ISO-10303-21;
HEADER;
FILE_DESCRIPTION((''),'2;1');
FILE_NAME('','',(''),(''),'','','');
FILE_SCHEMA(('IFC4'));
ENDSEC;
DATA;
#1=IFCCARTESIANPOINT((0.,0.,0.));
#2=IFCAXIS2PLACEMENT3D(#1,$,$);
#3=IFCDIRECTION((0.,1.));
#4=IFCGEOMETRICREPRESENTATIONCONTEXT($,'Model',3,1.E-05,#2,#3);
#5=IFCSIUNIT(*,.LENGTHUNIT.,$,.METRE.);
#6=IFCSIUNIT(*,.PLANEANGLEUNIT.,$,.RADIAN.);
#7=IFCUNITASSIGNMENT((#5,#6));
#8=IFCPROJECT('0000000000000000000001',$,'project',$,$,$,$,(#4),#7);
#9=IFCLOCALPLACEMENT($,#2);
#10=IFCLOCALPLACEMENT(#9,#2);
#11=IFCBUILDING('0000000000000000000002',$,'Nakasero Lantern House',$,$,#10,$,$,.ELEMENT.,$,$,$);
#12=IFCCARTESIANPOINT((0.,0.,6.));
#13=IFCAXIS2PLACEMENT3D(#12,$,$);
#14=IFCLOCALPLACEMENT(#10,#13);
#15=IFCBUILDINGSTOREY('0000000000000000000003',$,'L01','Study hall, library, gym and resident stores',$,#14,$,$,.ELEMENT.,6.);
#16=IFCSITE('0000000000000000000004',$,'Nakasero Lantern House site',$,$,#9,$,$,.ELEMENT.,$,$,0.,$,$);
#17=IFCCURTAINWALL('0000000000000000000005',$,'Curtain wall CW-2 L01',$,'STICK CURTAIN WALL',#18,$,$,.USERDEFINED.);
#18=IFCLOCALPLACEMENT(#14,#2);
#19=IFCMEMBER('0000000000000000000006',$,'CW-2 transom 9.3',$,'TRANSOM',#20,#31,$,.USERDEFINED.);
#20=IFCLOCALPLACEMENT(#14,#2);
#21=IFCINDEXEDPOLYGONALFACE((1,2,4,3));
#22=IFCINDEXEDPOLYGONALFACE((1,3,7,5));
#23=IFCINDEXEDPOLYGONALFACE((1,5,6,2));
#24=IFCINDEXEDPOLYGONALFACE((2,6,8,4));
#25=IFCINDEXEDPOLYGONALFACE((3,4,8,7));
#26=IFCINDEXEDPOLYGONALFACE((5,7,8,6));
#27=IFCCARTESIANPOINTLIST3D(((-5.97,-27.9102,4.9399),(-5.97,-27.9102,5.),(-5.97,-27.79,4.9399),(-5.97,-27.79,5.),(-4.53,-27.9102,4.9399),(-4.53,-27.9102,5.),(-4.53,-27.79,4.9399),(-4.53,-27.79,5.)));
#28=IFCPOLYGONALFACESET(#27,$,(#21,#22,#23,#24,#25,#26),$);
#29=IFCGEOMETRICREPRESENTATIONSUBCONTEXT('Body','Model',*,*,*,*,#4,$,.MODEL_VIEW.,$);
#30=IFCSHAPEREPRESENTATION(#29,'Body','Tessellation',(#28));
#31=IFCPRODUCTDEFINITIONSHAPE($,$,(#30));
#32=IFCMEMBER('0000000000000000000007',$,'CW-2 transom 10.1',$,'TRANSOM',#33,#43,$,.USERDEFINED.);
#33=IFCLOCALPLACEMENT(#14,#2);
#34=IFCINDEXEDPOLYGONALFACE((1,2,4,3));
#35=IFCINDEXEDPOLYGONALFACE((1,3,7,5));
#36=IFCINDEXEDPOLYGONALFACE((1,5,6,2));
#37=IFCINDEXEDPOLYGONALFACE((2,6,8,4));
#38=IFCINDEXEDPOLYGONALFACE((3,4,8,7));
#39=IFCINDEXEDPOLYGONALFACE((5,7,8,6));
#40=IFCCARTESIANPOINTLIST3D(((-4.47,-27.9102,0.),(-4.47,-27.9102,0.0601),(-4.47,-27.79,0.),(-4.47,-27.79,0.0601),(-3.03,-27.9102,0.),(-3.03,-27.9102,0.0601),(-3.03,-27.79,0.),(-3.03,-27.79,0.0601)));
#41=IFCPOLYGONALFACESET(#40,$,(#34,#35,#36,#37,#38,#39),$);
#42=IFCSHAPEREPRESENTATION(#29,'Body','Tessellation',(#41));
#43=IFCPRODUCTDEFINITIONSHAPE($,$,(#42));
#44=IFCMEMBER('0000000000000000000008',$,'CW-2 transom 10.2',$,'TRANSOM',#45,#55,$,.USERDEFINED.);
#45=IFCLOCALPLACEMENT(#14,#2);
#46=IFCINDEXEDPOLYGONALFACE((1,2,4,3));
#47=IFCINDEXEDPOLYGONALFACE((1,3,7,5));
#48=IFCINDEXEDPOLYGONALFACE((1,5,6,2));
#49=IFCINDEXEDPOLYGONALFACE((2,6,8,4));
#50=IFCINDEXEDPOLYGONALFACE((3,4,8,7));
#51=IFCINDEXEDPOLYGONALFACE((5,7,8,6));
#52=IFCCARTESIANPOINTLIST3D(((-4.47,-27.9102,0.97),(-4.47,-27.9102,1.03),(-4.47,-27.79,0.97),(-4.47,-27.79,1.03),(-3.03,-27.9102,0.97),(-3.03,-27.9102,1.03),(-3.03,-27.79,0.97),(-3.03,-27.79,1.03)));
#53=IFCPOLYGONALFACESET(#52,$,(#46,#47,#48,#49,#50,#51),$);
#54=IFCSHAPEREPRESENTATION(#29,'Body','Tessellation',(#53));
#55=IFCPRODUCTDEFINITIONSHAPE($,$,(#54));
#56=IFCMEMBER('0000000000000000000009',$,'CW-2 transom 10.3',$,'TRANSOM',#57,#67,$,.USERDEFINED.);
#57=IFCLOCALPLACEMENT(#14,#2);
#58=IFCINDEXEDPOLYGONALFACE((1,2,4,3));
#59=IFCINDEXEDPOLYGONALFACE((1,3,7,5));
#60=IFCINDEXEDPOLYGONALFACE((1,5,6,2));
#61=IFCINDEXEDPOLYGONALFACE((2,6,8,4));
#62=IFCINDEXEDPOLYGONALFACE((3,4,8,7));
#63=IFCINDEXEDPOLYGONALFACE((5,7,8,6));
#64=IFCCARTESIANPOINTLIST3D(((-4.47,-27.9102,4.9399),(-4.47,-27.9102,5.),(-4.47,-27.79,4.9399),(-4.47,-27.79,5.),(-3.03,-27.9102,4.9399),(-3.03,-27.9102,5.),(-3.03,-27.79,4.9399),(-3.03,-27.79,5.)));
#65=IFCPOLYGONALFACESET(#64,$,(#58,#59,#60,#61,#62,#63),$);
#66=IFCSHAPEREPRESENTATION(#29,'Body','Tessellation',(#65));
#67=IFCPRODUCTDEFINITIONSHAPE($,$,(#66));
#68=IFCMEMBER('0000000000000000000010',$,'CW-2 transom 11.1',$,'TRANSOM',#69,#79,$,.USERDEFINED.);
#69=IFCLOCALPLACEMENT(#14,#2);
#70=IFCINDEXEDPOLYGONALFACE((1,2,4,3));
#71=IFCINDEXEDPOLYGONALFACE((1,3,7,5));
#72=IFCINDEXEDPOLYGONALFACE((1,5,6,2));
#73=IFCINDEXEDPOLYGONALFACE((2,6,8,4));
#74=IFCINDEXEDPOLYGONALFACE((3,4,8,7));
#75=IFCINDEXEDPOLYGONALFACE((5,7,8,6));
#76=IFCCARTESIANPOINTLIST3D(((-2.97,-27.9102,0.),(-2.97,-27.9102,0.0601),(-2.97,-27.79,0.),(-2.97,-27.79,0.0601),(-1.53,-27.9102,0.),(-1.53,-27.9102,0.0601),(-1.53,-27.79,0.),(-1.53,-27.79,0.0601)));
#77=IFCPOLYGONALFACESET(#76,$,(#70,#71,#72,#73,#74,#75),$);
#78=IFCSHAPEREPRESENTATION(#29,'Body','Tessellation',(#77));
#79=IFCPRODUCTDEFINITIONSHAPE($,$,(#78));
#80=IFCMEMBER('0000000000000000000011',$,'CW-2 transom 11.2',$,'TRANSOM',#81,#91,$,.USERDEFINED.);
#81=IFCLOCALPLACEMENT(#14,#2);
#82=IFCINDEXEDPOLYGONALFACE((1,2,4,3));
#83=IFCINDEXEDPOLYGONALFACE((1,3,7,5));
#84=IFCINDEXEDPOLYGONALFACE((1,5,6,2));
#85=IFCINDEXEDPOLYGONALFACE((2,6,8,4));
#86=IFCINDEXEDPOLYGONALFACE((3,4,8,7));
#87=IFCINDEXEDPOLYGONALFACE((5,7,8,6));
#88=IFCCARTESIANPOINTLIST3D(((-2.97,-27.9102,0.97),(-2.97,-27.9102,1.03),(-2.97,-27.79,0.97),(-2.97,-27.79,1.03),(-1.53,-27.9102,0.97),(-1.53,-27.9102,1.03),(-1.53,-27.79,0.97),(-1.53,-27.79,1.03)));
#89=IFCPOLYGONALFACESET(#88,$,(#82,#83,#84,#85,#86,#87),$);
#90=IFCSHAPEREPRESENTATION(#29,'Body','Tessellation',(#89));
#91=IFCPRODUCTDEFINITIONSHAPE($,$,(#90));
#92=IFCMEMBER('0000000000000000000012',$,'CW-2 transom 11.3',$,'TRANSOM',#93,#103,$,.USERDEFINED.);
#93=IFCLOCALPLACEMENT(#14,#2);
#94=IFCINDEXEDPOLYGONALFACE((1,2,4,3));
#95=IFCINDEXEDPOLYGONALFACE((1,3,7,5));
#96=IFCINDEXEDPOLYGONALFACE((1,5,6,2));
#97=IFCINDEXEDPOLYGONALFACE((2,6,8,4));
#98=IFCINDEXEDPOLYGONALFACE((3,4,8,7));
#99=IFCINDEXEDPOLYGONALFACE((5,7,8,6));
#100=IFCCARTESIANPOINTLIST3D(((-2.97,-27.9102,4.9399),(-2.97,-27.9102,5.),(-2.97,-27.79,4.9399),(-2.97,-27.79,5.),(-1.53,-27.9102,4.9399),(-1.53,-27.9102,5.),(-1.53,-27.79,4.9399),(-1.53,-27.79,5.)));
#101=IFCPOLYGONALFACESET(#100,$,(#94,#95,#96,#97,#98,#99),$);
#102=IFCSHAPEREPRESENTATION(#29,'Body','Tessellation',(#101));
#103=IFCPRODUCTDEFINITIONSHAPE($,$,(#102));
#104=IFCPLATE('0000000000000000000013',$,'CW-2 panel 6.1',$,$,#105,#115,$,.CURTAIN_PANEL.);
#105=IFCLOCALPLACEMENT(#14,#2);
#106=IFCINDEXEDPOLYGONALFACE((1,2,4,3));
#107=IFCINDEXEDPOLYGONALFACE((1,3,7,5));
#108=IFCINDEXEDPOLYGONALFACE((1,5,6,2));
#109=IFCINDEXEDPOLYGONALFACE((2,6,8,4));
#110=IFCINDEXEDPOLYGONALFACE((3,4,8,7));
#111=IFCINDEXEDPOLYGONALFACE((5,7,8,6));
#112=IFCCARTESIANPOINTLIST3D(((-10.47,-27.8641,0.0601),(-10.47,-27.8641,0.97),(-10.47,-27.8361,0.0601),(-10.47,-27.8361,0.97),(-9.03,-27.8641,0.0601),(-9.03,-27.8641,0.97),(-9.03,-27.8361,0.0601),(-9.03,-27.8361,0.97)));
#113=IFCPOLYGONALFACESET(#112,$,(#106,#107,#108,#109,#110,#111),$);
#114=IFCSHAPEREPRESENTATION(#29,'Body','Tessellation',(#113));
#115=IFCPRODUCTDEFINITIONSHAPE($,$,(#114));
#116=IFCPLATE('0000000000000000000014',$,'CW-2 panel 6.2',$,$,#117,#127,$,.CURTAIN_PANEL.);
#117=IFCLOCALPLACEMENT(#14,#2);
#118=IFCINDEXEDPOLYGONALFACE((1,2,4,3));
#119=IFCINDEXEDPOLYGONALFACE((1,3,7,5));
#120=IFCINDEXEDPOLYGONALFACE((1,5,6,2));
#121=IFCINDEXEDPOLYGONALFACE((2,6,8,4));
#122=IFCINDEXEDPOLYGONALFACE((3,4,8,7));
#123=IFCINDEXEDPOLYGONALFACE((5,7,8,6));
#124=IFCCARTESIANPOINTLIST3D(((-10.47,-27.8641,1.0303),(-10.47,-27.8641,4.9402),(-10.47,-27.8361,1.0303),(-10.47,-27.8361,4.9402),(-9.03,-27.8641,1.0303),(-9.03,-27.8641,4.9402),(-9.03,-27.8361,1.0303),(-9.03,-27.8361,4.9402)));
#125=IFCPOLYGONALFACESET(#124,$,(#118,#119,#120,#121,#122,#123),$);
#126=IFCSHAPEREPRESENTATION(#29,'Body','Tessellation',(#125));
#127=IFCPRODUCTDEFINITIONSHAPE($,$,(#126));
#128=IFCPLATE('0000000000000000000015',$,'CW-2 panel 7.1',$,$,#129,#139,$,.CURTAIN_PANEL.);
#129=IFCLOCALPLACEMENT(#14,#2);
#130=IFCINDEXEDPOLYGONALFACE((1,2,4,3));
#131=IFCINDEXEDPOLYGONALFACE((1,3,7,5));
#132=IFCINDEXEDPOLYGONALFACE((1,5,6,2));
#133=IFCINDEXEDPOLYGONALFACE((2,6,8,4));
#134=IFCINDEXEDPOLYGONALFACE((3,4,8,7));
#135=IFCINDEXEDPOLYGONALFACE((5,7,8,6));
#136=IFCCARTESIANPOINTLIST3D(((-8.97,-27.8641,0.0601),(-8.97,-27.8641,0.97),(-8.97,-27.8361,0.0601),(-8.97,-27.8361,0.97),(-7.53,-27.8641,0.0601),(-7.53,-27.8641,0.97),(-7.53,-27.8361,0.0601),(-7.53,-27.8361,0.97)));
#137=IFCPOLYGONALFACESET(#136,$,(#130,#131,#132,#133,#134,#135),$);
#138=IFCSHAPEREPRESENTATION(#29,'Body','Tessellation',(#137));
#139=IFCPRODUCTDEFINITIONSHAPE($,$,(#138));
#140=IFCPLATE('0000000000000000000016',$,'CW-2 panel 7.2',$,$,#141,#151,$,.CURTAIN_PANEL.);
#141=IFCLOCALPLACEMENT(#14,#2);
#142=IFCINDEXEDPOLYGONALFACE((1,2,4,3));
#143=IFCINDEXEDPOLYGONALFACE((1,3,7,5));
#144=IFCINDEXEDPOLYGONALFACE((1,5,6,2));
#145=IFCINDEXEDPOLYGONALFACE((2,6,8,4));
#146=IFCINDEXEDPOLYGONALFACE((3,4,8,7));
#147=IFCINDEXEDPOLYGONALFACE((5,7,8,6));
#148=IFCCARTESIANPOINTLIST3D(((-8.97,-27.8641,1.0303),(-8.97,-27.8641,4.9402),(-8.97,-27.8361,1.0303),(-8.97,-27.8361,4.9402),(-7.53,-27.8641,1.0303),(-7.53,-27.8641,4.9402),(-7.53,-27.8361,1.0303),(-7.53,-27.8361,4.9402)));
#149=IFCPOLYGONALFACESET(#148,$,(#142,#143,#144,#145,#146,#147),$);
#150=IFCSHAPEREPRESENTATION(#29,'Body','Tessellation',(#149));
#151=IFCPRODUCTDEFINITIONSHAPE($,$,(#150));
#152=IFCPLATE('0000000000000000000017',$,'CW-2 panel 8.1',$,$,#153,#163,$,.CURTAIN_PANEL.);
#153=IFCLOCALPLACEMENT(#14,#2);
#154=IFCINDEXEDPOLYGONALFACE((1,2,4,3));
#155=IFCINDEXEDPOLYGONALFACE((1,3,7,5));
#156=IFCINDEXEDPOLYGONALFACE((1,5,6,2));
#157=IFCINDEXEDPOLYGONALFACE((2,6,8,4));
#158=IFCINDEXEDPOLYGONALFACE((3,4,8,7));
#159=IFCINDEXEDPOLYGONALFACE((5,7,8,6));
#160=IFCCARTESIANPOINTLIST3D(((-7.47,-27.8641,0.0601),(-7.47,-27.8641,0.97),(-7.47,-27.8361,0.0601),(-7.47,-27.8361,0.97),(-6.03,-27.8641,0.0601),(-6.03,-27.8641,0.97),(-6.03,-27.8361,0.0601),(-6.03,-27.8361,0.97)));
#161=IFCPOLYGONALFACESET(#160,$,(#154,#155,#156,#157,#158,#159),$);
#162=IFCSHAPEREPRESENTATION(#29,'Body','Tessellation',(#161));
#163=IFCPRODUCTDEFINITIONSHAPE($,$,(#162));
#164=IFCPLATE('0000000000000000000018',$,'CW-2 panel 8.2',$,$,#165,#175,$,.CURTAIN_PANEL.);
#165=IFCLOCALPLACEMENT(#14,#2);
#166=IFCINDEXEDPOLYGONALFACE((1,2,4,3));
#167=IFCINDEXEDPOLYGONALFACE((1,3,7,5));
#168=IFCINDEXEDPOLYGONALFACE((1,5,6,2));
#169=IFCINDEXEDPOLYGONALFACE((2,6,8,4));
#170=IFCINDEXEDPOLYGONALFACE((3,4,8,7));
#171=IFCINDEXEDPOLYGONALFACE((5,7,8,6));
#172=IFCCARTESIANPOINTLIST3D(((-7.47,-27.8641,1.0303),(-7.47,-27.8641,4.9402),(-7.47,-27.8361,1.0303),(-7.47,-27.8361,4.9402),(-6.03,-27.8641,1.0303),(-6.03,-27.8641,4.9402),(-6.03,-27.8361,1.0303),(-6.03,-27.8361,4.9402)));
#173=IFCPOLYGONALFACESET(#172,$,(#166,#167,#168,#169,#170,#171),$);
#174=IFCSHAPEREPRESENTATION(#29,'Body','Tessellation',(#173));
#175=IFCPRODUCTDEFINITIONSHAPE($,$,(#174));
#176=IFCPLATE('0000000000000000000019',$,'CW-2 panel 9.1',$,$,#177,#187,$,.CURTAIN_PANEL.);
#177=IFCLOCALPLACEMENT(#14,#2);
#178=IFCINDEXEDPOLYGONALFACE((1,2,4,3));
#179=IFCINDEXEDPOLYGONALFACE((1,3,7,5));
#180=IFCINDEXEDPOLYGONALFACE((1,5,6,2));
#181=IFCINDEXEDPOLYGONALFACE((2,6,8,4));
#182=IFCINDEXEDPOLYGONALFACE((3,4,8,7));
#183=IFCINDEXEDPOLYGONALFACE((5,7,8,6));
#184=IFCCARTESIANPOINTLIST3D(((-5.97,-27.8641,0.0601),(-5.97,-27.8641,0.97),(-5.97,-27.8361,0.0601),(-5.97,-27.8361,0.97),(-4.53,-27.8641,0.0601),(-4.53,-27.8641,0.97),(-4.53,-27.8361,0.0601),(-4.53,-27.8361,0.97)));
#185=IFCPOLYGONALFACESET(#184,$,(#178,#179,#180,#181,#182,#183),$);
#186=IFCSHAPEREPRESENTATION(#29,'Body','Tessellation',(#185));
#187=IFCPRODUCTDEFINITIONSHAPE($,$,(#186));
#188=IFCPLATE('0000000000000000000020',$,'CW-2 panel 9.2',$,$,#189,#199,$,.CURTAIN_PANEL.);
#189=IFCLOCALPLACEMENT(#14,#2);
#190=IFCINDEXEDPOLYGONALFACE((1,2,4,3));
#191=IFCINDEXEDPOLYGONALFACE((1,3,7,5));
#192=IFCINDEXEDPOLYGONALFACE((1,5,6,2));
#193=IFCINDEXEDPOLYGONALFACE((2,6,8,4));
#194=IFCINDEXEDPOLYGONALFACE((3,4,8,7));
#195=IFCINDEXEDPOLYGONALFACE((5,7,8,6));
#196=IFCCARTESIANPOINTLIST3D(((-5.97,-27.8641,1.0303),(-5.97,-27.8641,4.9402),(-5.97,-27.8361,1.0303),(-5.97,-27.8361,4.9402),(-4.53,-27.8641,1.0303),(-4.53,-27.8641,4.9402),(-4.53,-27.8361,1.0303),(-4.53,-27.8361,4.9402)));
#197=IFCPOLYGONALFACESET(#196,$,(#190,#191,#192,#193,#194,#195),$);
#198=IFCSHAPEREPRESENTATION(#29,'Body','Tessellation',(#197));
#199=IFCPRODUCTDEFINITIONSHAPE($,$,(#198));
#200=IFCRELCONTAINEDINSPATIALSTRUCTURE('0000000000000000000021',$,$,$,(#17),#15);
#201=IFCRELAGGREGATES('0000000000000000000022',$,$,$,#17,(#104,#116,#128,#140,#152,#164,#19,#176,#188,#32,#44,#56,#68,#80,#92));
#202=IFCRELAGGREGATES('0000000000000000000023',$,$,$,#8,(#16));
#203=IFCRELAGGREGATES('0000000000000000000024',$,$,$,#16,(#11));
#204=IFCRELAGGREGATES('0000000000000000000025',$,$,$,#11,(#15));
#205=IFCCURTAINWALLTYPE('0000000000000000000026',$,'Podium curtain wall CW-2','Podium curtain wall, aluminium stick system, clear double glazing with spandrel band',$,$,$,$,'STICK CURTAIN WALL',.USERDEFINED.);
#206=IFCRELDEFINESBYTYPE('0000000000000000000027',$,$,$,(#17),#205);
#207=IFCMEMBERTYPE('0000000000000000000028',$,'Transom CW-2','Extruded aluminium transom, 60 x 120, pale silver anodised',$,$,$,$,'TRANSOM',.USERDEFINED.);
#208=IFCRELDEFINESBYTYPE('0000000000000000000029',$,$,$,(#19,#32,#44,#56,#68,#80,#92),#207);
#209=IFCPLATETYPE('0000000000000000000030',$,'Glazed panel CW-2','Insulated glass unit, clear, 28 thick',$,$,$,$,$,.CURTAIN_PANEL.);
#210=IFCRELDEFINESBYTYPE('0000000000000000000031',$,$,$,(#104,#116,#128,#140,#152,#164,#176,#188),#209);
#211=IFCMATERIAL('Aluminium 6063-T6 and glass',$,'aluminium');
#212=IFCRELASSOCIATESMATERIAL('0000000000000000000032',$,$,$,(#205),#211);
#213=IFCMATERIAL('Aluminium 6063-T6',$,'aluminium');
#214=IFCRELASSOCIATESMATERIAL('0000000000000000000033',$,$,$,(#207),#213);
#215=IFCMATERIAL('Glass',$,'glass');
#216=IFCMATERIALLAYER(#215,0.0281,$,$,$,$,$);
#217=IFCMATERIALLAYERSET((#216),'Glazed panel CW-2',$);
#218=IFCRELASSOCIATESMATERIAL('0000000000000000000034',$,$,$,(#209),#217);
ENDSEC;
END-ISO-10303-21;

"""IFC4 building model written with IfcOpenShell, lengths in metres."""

from ifc_helpers import new_model, si_unit, direction, frame, origin, origin_2d, place, context, subcontext, project, spatial, rectangle, extrude, material, layer, layer_set, material_profile, profile_set, type_object, element, aggregate, save


model = new_model("IFC4")

# Units and contexts
model_context = context("Model", 3, precision=1e-05, world=origin(), true_north=direction((0.0, 1.0)))
body_context = subcontext(model_context, "Body", "Model", "MODEL_VIEW")
ifc_project = project(units=[si_unit("LENGTHUNIT", "METRE"), si_unit("PLANEANGLEUNIT", "RADIAN")], contexts=[model_context])

# Site, building, storey
site_placement = place(None, origin())
site = spatial("IfcSite", under=ifc_project, at=site_placement, Name="Nakasero Lantern House site", CompositionType="ELEMENT", RefElevation=0.0)
building_placement = place(site_placement, origin())
building = spatial("IfcBuilding", under=site, at=building_placement, Name="Nakasero Lantern House", CompositionType="ELEMENT")
storey_placement = place(building_placement, frame((0.0, 0.0, 6.0)))
storey = spatial("IfcBuildingStorey", under=building, at=storey_placement, Name="L01", Description="Study hall, library, gym and resident stores", CompositionType="ELEMENT", Elevation=6.0)

# Curtain wall, members, plates
ifc_material_1 = material(Name="Aluminium 6063-T6 and glass", Category="aluminium")
curtain_wall_type = type_object("IfcCurtainWallType", Name="Podium curtain wall CW-2", Description="Podium curtain wall, aluminium stick system, clear double glazing with spandrel band", ElementType="STICK CURTAIN WALL", PredefinedType="USERDEFINED", material=ifc_material_1)
curtain_wall_placement = place(storey_placement, origin())
curtain_wall = element("IfcCurtainWall", 1, at=curtain_wall_placement, inside=storey, type_object=curtain_wall_type, Name="Curtain wall CW-2 L01", ObjectType="STICK CURTAIN WALL", PredefinedType="USERDEFINED")
ifc_material_2 = material(Name="Aluminium 6063-T6", Category="aluminium")
ifc_material_profile_1 = material_profile(ifc_material_2, rectangle(XDim=0.0601, YDim=0.1201, at=origin_2d()), Name="CW-2 transom 60x120")
ifc_profile_set_1 = profile_set([ifc_material_profile_1], Name="Aluminium 6063-T6")
member_type_1 = type_object("IfcMemberType", Name="Transom CW-2", Description="Extruded aluminium transom, 60 x 120, pale silver anodised", ElementType="TRANSOM", PredefinedType="USERDEFINED", material=ifc_profile_set_1)
member_1_placement = place(storey_placement, frame((-5.97, -27.8501, 4.97), z_axis=(1.0, 0.0, 0.0), x_axis=(0.0, 0.0, 1.0)))
member_1 = element("IfcMember", 2, at=member_1_placement, type_object=member_type_1, Name="CW-2 transom 9.3", ObjectType="TRANSOM", PredefinedType="USERDEFINED", context=body_context, shape_type="SweptSolid", body=[
    extrude(rectangle(XDim=0.0601, YDim=0.1201, at=origin_2d()), origin(), (0.0, 0.0, 1.0), 1.4399),
])
member_2_placement = place(storey_placement, frame((-4.47, -27.8501, 0.03), z_axis=(1.0, 0.0, 0.0), x_axis=(0.0, 0.0, 1.0)))
member_2 = element("IfcMember", 3, at=member_2_placement, type_object=member_type_1, Name="CW-2 transom 10.1", ObjectType="TRANSOM", PredefinedType="USERDEFINED", context=body_context, shape_type="SweptSolid", body=[
    extrude(rectangle(XDim=0.0601, YDim=0.1201, at=origin_2d()), origin(), (0.0, 0.0, 1.0), 1.4399),
])
member_3_placement = place(storey_placement, frame((-4.47, -27.8501, 1.0), z_axis=(1.0, 0.0, 0.0), x_axis=(0.0, 0.0, 1.0)))
member_3 = element("IfcMember", 4, at=member_3_placement, type_object=member_type_1, Name="CW-2 transom 10.2", ObjectType="TRANSOM", PredefinedType="USERDEFINED", context=body_context, shape_type="SweptSolid", body=[
    extrude(rectangle(XDim=0.0601, YDim=0.1201, at=origin_2d()), origin(), (0.0, 0.0, 1.0), 1.4399),
])
member_4_placement = place(storey_placement, frame((-4.47, -27.8501, 4.97), z_axis=(1.0, 0.0, 0.0), x_axis=(0.0, 0.0, 1.0)))
member_4 = element("IfcMember", 5, at=member_4_placement, type_object=member_type_1, Name="CW-2 transom 10.3", ObjectType="TRANSOM", PredefinedType="USERDEFINED", context=body_context, shape_type="SweptSolid", body=[
    extrude(rectangle(XDim=0.0601, YDim=0.1201, at=origin_2d()), origin(), (0.0, 0.0, 1.0), 1.4399),
])
member_5_placement = place(storey_placement, frame((-2.97, -27.8501, 0.03), z_axis=(1.0, 0.0, 0.0), x_axis=(0.0, 0.0, 1.0)))
member_5 = element("IfcMember", 6, at=member_5_placement, type_object=member_type_1, Name="CW-2 transom 11.1", ObjectType="TRANSOM", PredefinedType="USERDEFINED", context=body_context, shape_type="SweptSolid", body=[
    extrude(rectangle(XDim=0.0601, YDim=0.1201, at=origin_2d()), origin(), (0.0, 0.0, 1.0), 1.4399),
])
member_6_placement = place(storey_placement, frame((-2.97, -27.8501, 1.0), z_axis=(1.0, 0.0, 0.0), x_axis=(0.0, 0.0, 1.0)))
member_6 = element("IfcMember", 7, at=member_6_placement, type_object=member_type_1, Name="CW-2 transom 11.2", ObjectType="TRANSOM", PredefinedType="USERDEFINED", context=body_context, shape_type="SweptSolid", body=[
    extrude(rectangle(XDim=0.0601, YDim=0.1201, at=origin_2d()), origin(), (0.0, 0.0, 1.0), 1.4399),
])
member_7_placement = place(storey_placement, frame((-2.97, -27.8501, 4.97), z_axis=(1.0, 0.0, 0.0), x_axis=(0.0, 0.0, 1.0)))
member_7 = element("IfcMember", 8, at=member_7_placement, type_object=member_type_1, Name="CW-2 transom 11.3", ObjectType="TRANSOM", PredefinedType="USERDEFINED", context=body_context, shape_type="SweptSolid", body=[
    extrude(rectangle(XDim=0.0601, YDim=0.1201, at=origin_2d()), origin(), (0.0, 0.0, 1.0), 1.4399),
])
ifc_material_3 = material(Name="Glass", Category="glass")
ifc_layer = layer(ifc_material_3, 0.0281)
ifc_layer_set = layer_set([ifc_layer], Name="Glazed panel CW-2")
plate_type = type_object("IfcPlateType", Name="Glazed panel CW-2", Description="Insulated glass unit, clear, 28 thick", PredefinedType="CURTAIN_PANEL", material=ifc_layer_set)
plate_1_placement = place(storey_placement, frame((-9.75, -27.8501, 0.0601), z_axis=(0.0, 0.0, 1.0), x_axis=(1.0, 0.0, 0.0)))
plate_1 = element("IfcPlate", 9, at=plate_1_placement, type_object=plate_type, Name="CW-2 panel 6.1", PredefinedType="CURTAIN_PANEL", context=body_context, shape_type="SweptSolid", body=[
    extrude(rectangle(XDim=1.4399, YDim=0.0281, at=origin_2d()), origin(), (0.0, 0.0, 1.0), 0.9099),
])
plate_2_placement = place(storey_placement, frame((-9.75, -27.8501, 1.0303), z_axis=(0.0, 0.0, 1.0), x_axis=(1.0, 0.0, 0.0)))
plate_2 = element("IfcPlate", 10, at=plate_2_placement, type_object=plate_type, Name="CW-2 panel 6.2", PredefinedType="CURTAIN_PANEL", context=body_context, shape_type="SweptSolid", body=[
    extrude(rectangle(XDim=1.4399, YDim=0.0281, at=origin_2d()), origin(), (0.0, 0.0, 1.0), 3.9099),
])
plate_3_placement = place(storey_placement, frame((-8.25, -27.8501, 0.0601), z_axis=(0.0, 0.0, 1.0), x_axis=(1.0, 0.0, 0.0)))
plate_3 = element("IfcPlate", 11, at=plate_3_placement, type_object=plate_type, Name="CW-2 panel 7.1", PredefinedType="CURTAIN_PANEL", context=body_context, shape_type="SweptSolid", body=[
    extrude(rectangle(XDim=1.4399, YDim=0.0281, at=origin_2d()), origin(), (0.0, 0.0, 1.0), 0.9099),
])
plate_4_placement = place(storey_placement, frame((-8.25, -27.8501, 1.0303), z_axis=(0.0, 0.0, 1.0), x_axis=(1.0, 0.0, 0.0)))
plate_4 = element("IfcPlate", 12, at=plate_4_placement, type_object=plate_type, Name="CW-2 panel 7.2", PredefinedType="CURTAIN_PANEL", context=body_context, shape_type="SweptSolid", body=[
    extrude(rectangle(XDim=1.4399, YDim=0.0281, at=origin_2d()), origin(), (0.0, 0.0, 1.0), 3.9099),
])
plate_5_placement = place(storey_placement, frame((-6.75, -27.8501, 0.0601), z_axis=(0.0, 0.0, 1.0), x_axis=(1.0, 0.0, 0.0)))
plate_5 = element("IfcPlate", 13, at=plate_5_placement, type_object=plate_type, Name="CW-2 panel 8.1", PredefinedType="CURTAIN_PANEL", context=body_context, shape_type="SweptSolid", body=[
    extrude(rectangle(XDim=1.4399, YDim=0.0281, at=origin_2d()), origin(), (0.0, 0.0, 1.0), 0.9099),
])
plate_6_placement = place(storey_placement, frame((-6.75, -27.8501, 1.0303), z_axis=(0.0, 0.0, 1.0), x_axis=(1.0, 0.0, 0.0)))
plate_6 = element("IfcPlate", 14, at=plate_6_placement, type_object=plate_type, Name="CW-2 panel 8.2", PredefinedType="CURTAIN_PANEL", context=body_context, shape_type="SweptSolid", body=[
    extrude(rectangle(XDim=1.4399, YDim=0.0281, at=origin_2d()), origin(), (0.0, 0.0, 1.0), 3.9099),
])
plate_7_placement = place(storey_placement, frame((-5.25, -27.8501, 0.0601), z_axis=(0.0, 0.0, 1.0), x_axis=(1.0, 0.0, 0.0)))
plate_7 = element("IfcPlate", 15, at=plate_7_placement, type_object=plate_type, Name="CW-2 panel 9.1", PredefinedType="CURTAIN_PANEL", context=body_context, shape_type="SweptSolid", body=[
    extrude(rectangle(XDim=1.4399, YDim=0.0281, at=origin_2d()), origin(), (0.0, 0.0, 1.0), 0.9099),
])
plate_8_placement = place(storey_placement, frame((-5.25, -27.8501, 1.0303), z_axis=(0.0, 0.0, 1.0), x_axis=(1.0, 0.0, 0.0)))
plate_8 = element("IfcPlate", 16, at=plate_8_placement, type_object=plate_type, Name="CW-2 panel 9.2", PredefinedType="CURTAIN_PANEL", context=body_context, shape_type="SweptSolid", body=[
    extrude(rectangle(XDim=1.4399, YDim=0.0281, at=origin_2d()), origin(), (0.0, 0.0, 1.0), 3.9099),
])
aggregate(curtain_wall, [plate_1, plate_2, plate_3, plate_4, plate_5, plate_6, member_1, plate_7, plate_8, member_2, member_3, member_4, member_5, member_6, member_7])

save(model, "model.ifc")
